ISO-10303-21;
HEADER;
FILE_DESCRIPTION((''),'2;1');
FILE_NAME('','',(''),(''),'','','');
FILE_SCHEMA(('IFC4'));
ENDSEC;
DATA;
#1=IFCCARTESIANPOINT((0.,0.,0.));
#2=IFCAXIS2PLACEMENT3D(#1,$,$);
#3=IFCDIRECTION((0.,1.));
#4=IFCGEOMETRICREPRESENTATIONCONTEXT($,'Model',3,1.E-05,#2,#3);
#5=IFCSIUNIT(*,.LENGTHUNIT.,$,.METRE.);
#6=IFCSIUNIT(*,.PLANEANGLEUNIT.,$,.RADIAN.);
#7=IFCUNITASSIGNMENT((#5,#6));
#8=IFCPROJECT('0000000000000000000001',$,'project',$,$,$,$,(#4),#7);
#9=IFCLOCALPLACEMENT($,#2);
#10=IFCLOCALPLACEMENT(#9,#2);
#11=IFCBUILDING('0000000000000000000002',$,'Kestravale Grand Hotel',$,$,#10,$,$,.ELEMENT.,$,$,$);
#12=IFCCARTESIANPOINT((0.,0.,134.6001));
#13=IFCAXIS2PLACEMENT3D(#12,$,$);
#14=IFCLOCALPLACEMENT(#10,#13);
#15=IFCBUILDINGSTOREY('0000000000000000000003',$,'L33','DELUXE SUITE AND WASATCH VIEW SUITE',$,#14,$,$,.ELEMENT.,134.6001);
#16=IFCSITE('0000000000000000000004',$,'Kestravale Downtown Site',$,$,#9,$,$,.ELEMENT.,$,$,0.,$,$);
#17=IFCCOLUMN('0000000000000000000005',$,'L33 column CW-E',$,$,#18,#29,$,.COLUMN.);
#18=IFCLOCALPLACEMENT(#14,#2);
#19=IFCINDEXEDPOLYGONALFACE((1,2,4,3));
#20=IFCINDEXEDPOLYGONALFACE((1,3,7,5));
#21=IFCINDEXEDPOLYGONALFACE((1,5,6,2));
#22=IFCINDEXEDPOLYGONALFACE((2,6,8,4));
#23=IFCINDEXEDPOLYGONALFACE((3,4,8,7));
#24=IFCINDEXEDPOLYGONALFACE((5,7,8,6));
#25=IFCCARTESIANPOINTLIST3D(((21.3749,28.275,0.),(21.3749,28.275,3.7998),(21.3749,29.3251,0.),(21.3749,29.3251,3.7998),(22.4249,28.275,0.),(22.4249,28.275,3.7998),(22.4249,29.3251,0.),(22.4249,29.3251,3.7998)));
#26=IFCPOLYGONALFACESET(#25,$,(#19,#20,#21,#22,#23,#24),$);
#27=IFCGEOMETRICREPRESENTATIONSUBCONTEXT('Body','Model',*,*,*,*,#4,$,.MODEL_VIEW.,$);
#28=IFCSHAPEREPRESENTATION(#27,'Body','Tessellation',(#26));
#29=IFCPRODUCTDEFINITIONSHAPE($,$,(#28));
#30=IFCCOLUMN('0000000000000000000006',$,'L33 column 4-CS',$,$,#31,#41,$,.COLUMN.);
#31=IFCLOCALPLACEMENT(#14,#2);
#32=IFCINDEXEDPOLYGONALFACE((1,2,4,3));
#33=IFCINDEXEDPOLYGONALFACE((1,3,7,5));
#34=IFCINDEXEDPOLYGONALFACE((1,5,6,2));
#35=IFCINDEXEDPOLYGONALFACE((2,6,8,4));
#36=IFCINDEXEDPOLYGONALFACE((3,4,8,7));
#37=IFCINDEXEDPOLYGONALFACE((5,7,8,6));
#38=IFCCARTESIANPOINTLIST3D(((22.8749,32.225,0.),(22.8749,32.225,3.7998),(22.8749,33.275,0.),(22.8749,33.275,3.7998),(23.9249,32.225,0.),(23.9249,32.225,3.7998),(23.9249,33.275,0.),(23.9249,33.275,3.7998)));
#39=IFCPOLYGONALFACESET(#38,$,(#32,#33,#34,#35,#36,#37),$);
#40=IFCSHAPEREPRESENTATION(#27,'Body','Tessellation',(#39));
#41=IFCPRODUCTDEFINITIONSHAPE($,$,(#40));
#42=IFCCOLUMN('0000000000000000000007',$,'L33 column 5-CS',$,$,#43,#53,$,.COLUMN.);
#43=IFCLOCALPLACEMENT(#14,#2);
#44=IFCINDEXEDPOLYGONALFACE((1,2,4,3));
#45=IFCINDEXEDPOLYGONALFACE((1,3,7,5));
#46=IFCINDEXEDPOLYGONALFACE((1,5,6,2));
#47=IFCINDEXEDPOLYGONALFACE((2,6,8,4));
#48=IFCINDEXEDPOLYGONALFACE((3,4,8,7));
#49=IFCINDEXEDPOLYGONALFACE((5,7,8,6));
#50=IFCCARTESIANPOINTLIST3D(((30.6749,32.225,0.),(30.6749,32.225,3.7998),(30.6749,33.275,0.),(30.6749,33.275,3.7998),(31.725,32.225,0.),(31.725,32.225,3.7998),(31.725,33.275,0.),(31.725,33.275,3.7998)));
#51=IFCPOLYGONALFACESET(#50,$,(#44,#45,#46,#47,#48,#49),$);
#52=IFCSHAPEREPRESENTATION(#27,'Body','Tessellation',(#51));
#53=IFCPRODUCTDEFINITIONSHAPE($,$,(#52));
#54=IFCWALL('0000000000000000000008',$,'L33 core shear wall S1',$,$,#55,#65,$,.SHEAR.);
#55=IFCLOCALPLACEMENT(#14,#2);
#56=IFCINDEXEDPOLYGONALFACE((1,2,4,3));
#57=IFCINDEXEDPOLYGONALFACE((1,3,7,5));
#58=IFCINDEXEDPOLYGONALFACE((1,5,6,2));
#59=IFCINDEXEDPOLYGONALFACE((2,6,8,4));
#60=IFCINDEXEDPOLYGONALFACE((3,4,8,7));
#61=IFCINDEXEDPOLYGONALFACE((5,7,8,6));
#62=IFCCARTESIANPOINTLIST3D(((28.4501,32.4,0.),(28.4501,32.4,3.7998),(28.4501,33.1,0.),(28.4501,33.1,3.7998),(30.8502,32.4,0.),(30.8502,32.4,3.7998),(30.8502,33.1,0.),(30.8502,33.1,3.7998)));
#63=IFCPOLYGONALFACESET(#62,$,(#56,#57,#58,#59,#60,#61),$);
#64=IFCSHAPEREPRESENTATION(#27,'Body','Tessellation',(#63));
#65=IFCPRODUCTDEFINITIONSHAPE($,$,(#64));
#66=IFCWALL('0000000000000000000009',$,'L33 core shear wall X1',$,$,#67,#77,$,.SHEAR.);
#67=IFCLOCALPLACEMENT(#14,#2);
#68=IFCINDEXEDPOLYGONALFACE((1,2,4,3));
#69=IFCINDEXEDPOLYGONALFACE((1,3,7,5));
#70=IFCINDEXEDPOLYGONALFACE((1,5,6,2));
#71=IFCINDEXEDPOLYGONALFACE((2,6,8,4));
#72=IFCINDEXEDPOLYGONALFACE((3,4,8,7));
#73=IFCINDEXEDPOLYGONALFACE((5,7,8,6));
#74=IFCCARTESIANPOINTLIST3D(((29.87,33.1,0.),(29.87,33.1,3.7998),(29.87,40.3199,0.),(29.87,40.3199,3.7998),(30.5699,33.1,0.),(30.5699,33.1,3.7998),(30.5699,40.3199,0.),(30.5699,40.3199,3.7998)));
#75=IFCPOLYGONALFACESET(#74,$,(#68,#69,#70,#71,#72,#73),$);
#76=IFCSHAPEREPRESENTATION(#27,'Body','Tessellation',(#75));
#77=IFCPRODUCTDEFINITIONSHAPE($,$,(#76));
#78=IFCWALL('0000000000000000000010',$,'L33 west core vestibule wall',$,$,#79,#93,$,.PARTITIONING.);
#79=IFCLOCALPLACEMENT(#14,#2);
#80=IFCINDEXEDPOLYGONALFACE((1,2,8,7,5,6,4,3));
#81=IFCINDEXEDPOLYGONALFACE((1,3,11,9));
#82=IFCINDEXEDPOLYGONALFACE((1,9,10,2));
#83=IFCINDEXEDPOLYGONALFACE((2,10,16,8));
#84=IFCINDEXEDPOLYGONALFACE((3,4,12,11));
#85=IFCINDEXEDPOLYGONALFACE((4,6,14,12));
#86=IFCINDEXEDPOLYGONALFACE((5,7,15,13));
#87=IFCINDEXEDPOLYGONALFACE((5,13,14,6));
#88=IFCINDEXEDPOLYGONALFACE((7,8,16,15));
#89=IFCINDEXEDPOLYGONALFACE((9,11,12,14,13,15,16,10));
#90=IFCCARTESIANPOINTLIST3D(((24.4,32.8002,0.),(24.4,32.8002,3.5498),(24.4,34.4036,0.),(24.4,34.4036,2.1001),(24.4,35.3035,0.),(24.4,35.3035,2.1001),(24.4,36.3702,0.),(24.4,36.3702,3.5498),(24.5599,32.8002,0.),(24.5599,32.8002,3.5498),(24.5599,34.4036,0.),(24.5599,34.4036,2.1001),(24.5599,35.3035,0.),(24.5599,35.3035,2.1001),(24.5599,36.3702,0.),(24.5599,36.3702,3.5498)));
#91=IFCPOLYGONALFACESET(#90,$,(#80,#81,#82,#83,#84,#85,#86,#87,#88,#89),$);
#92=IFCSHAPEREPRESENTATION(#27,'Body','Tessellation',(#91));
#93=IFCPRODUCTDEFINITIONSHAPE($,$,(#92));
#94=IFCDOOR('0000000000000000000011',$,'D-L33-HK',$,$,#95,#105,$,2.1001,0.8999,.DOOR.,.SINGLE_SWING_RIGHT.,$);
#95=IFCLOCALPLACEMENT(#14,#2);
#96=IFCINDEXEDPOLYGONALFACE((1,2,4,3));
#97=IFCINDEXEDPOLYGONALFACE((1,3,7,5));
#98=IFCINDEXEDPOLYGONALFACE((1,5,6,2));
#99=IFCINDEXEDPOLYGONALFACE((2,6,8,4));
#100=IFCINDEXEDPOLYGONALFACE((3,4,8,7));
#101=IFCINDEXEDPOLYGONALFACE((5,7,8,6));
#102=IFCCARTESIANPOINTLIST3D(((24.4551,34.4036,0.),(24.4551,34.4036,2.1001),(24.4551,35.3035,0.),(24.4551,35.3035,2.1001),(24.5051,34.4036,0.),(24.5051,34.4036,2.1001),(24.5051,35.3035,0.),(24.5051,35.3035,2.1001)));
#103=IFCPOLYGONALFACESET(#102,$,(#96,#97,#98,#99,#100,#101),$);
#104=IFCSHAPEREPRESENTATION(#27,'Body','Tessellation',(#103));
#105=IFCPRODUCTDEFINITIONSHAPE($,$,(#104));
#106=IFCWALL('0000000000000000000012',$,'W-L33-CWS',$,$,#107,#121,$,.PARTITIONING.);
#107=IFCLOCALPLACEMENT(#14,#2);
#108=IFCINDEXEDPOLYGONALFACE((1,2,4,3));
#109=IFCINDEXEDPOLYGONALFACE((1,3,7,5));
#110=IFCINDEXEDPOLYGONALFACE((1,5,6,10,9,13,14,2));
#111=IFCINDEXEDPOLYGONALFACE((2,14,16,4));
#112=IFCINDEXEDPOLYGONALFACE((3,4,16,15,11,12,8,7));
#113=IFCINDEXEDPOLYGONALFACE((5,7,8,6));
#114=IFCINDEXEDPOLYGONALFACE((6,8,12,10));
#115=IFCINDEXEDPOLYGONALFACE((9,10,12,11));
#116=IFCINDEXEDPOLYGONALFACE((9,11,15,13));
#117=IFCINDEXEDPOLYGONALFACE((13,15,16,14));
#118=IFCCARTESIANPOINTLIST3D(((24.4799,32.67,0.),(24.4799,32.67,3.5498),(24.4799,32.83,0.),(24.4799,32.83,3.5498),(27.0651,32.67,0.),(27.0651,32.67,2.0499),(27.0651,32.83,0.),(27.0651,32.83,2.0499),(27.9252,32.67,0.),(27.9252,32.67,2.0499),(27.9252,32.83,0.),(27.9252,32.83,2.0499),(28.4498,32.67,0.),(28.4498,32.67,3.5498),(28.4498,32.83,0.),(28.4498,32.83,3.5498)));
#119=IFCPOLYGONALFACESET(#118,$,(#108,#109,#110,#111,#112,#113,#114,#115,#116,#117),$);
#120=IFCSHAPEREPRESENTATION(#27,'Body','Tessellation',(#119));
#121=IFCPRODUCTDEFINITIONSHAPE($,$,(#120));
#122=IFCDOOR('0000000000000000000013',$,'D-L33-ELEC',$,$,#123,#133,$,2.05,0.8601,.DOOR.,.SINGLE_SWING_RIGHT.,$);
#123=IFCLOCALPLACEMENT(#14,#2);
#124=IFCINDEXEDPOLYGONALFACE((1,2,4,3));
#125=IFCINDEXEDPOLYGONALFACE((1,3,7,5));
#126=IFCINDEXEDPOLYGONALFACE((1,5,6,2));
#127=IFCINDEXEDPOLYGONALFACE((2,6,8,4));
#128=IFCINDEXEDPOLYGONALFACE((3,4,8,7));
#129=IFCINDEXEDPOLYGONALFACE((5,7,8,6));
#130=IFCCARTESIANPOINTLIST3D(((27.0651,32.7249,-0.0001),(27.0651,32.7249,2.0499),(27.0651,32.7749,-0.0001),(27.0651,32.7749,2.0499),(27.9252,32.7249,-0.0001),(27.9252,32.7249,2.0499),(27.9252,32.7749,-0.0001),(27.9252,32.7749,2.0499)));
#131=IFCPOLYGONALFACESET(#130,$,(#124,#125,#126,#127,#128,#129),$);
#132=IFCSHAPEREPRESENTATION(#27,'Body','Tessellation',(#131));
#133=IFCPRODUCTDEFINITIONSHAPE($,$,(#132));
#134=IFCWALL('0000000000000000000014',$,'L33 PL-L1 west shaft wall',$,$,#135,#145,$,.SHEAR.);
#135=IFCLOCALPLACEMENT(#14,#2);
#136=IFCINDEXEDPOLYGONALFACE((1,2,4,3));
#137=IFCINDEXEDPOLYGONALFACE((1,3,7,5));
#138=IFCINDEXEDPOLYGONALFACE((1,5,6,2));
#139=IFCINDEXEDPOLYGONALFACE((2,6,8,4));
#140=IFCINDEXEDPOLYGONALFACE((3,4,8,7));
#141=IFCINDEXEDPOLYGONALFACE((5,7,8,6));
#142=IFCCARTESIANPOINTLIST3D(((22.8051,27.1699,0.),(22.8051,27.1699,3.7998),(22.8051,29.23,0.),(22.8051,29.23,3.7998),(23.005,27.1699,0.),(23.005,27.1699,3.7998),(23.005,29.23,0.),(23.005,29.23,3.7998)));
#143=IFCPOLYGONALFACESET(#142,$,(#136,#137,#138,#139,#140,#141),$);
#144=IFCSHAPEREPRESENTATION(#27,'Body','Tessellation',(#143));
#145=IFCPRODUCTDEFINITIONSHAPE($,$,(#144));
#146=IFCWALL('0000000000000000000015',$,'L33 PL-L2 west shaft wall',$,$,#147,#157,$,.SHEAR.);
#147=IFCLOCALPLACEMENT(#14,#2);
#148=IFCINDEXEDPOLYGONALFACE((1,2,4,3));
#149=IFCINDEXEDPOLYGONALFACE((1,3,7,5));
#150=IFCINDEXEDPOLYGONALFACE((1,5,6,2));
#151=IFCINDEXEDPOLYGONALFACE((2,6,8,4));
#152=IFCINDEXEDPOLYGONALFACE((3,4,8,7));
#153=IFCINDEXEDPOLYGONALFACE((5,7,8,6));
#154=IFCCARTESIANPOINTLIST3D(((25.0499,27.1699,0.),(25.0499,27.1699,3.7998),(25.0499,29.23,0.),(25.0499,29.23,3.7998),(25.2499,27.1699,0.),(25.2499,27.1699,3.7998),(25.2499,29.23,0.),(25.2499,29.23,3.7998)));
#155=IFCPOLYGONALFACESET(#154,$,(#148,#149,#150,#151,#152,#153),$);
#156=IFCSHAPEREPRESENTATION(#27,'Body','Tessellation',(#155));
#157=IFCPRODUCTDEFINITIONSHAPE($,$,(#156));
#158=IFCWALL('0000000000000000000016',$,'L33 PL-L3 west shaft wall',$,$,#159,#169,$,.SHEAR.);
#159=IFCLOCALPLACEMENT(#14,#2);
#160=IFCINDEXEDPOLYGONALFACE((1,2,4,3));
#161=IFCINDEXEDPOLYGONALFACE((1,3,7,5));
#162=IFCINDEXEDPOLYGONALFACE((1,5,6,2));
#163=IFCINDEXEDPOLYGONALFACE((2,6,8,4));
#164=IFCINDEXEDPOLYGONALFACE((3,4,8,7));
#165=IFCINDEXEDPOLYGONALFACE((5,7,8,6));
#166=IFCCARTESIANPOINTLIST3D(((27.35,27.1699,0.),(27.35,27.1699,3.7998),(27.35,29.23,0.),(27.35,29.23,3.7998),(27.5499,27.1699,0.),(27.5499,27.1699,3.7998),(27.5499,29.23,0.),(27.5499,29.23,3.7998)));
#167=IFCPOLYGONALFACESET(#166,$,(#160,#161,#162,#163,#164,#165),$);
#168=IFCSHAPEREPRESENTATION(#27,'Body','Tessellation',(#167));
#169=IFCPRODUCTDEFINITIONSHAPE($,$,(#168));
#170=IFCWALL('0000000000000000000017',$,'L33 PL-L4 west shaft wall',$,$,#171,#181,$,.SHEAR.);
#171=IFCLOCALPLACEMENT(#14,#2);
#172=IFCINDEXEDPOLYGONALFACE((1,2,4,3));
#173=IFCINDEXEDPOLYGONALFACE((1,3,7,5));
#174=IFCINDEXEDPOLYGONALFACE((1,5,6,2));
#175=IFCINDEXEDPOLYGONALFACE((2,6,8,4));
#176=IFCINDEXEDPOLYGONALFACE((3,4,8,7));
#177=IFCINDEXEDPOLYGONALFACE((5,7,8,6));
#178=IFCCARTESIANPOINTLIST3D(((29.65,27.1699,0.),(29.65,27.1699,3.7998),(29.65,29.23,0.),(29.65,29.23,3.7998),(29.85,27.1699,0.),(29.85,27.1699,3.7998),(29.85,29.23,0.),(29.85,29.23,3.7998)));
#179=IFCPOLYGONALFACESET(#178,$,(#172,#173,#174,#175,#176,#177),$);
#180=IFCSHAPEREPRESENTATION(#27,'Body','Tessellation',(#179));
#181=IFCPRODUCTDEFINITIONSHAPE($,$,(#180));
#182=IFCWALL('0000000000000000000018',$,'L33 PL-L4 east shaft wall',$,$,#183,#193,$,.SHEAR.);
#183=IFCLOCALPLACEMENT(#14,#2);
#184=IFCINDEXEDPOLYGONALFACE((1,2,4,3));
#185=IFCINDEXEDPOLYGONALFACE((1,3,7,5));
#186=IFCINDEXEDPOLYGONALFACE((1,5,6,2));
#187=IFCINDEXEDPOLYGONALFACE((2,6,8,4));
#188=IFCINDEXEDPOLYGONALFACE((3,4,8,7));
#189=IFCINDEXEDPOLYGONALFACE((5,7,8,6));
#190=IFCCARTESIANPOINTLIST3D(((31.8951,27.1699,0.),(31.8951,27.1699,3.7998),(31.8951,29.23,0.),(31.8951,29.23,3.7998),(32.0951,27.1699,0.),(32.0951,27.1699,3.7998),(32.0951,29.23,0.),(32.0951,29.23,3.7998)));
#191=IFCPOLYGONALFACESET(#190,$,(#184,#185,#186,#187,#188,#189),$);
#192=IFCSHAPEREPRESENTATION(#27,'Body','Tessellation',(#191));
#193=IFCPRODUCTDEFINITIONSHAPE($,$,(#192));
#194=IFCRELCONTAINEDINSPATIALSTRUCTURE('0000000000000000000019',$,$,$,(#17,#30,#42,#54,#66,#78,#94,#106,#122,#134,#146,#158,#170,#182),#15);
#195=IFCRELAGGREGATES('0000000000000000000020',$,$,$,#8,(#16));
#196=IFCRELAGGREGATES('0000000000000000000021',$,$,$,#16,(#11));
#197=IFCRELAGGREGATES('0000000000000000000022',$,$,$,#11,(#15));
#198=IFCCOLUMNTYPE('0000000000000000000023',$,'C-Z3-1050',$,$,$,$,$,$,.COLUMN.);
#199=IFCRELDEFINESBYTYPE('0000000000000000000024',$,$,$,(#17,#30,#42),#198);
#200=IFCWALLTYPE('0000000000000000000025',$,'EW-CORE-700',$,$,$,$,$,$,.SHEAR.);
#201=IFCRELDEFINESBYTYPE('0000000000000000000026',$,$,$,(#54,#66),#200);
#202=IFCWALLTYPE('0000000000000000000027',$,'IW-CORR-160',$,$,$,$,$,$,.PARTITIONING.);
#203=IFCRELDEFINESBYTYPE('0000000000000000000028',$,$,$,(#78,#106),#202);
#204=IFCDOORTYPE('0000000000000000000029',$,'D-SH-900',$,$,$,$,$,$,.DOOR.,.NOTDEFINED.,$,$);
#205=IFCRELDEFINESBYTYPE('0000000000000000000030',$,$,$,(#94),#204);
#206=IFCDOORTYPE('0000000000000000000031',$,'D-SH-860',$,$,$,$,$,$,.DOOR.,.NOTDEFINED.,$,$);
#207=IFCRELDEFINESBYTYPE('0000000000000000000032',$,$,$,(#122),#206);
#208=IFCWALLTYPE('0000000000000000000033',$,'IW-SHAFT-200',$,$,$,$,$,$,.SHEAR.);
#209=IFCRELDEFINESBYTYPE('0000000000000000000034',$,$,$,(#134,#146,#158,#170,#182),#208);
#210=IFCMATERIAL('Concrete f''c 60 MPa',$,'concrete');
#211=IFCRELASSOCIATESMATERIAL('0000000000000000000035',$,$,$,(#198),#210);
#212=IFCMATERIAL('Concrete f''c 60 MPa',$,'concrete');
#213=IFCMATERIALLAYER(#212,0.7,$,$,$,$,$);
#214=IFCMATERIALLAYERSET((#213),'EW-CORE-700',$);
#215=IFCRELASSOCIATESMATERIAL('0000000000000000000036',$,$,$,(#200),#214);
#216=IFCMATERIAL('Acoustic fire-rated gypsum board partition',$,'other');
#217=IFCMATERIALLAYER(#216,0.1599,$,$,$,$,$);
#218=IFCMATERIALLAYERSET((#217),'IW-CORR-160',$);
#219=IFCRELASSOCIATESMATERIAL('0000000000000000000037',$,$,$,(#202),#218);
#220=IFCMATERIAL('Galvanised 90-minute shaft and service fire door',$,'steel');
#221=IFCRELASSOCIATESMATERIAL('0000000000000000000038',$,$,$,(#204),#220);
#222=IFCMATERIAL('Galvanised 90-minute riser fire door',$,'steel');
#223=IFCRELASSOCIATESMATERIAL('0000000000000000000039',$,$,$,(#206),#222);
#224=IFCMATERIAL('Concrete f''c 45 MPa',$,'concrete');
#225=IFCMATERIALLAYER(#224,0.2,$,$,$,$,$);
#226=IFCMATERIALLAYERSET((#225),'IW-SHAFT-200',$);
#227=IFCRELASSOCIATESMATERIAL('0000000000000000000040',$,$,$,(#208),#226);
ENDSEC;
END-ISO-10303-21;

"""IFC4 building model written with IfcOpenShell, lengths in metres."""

from ifc_helpers import new_model, si_unit, direction, frame, frame_2d, origin, origin_2d, place, context, subcontext, project, spatial, rectangle, extrude, material, layer, layer_set, material_profile, profile_set, type_object, element, fill, save


model = new_model("IFC4")

# Units and contexts
model_context = context("Model", 3, precision=1e-05, world=origin(), true_north=direction((0.0, 1.0)))
body_context = subcontext(model_context, "Body", "Model", "MODEL_VIEW")
ifc_project = project(units=[si_unit("LENGTHUNIT", "METRE"), si_unit("PLANEANGLEUNIT", "RADIAN")], contexts=[model_context])

# Site, building, storey
site_placement = place(None, origin())
site = spatial("IfcSite", under=ifc_project, at=site_placement, Name="Kestravale Downtown Site", CompositionType="ELEMENT", RefElevation=0.0)
building_placement = place(site_placement, origin())
building = spatial("IfcBuilding", under=site, at=building_placement, Name="Kestravale Grand Hotel", CompositionType="ELEMENT")
storey_placement = place(building_placement, frame((0.0, 0.0, 134.6001)))
storey = spatial("IfcBuildingStorey", under=building, at=storey_placement, Name="L33", Description="DELUXE SUITE AND WASATCH VIEW SUITE", CompositionType="ELEMENT", Elevation=134.6001)

# Columns
ifc_material_1 = material(Name="Concrete f'c 60 MPa", Category="concrete")
ifc_material_profile = material_profile(ifc_material_1, rectangle(XDim=1.05, YDim=1.05, at=origin_2d()))
ifc_profile_set = profile_set([ifc_material_profile], Name="Concrete f'c 60 MPa")
column_type = type_object("IfcColumnType", Name="C-Z3-1050", PredefinedType="COLUMN", material=ifc_profile_set)
for number, where, z_axis, x_axis, name in (
    (1, (21.8999, 28.8, 0.0), (0.0, 0.0, 1.0), (1.0, 0.0, 0.0), "L33 column CW-E"),
    (2, (23.3999, 32.75, 0.0), (0.0, 0.0, 1.0), (1.0, 0.0, 0.0), "L33 column 4-CS"),
    (3, (31.2, 32.75, 0.0), (0.0, 0.0, 1.0), (1.0, 0.0, 0.0), "L33 column 5-CS"),
):
    element("IfcColumn", number, at=place(storey_placement, frame(where, z_axis=z_axis, x_axis=x_axis)), inside=storey, type_object=column_type, Name=name, PredefinedType="COLUMN", context=body_context, shape_type="SweptSolid", body=[
        extrude(rectangle(XDim=1.05, YDim=1.05, at=origin_2d()), origin(), (0.0, 0.0, 1.0), 3.7998),
    ])

# Walls
ifc_material_2 = material(Name="Concrete f'c 60 MPa", Category="concrete")
ifc_layer_1 = layer(ifc_material_2, 0.7)
ifc_layer_set_1 = layer_set([ifc_layer_1], Name="EW-CORE-700")
wall_type_1 = type_object("IfcWallType", Name="EW-CORE-700", PredefinedType="SHEAR", material=ifc_layer_set_1)
wall_1_placement = place(storey_placement, frame((28.45, 32.75, 0.0), z_axis=(0.0, 0.0, 1.0), x_axis=(1.0, 0.0, 0.0)))
element("IfcWall", 4, at=wall_1_placement, inside=storey, type_object=wall_type_1, Name="L33 core shear wall S1", PredefinedType="SHEAR", context=body_context, shape_type="SweptSolid", body=[
    extrude(rectangle(XDim=2.4001, YDim=0.7, at=frame_2d((1.2002, 0.0))), origin(), (0.0, 0.0, 1.0), 3.7998),
])
wall_2_placement = place(storey_placement, frame((30.22, 33.1001, 0.0), z_axis=(0.0, 0.0, 1.0), x_axis=(0.0, 1.0, 0.0)))
element("IfcWall", 5, at=wall_2_placement, inside=storey, type_object=wall_type_1, Name="L33 core shear wall X1", PredefinedType="SHEAR", context=body_context, shape_type="SweptSolid", body=[
    extrude(rectangle(XDim=7.22, YDim=0.7, at=frame_2d((3.6099, 0.0))), origin(), (0.0, 0.0, 1.0), 3.7998),
])

# Walls, openings, doors
ifc_material_3 = material(Name="Acoustic fire-rated gypsum board partition", Category="other")
ifc_layer_2 = layer(ifc_material_3, 0.1599)
ifc_layer_set_2 = layer_set([ifc_layer_2], Name="IW-CORR-160")
wall_type_2 = type_object("IfcWallType", Name="IW-CORR-160", PredefinedType="PARTITIONING", material=ifc_layer_set_2)
wall_3_placement = place(storey_placement, frame((24.48, 32.8, 0.0), z_axis=(0.0, 0.0, 1.0), x_axis=(0.0, 1.0, 0.0)))
wall_3 = element("IfcWall", 6, at=wall_3_placement, inside=storey, type_object=wall_type_2, Name="L33 west core vestibule wall", PredefinedType="PARTITIONING", context=body_context, shape_type="SweptSolid", body=[
    extrude(rectangle(XDim=3.5701, YDim=0.1599, at=frame_2d((1.7852, 0.0))), origin(), (0.0, 0.0, 1.0), 3.5498),
])
opening_1_placement = place(wall_3_placement, frame((1.6035, 0.0, 0.0)))
opening_1 = element("IfcOpeningElement", 7, at=opening_1_placement, cuts=wall_3, PredefinedType="OPENING", context=body_context, shape_type="SweptSolid", body=[
    extrude(rectangle(XDim=0.8999, YDim=2.1001, at=frame_2d((0.45, 1.05))), frame((0.0, 0.0898, 0.0), z_axis=(0.0, -1.0, 0.0), x_axis=(1.0, 0.0, 0.0)), (0.0, 0.0, 1.0), 0.1799),
])
ifc_material_4 = material(Name="Galvanised 90-minute shaft and service fire door", Category="steel")
door_type_1 = type_object("IfcDoorType", Name="D-SH-900", OperationType="NOTDEFINED", PredefinedType="DOOR", material=ifc_material_4)
door_1_placement = place(opening_1_placement, origin())
door_1 = element("IfcDoor", 8, at=door_1_placement, inside=storey, type_object=door_type_1, Name="D-L33-HK", OperationType="SINGLE_SWING_RIGHT", OverallHeight=2.1001, OverallWidth=0.8999, PredefinedType="DOOR", context=body_context, shape_type="SweptSolid", body=[
    extrude(rectangle(XDim=0.8999, YDim=2.1001, at=frame_2d((0.45, 1.05))), frame((0.0, 0.0249, 0.0), z_axis=(0.0, -1.0, 0.0), x_axis=(1.0, 0.0, 0.0)), (0.0, 0.0, 1.0), 0.05),
])
fill(opening_1, door_1)
wall_4_placement = place(storey_placement, frame((24.48, 32.75, 0.0), z_axis=(0.0, 0.0, 1.0), x_axis=(1.0, 0.0, 0.0)))
wall_4 = element("IfcWall", 9, at=wall_4_placement, inside=storey, type_object=wall_type_2, Name="W-L33-CWS", PredefinedType="PARTITIONING", context=body_context, shape_type="SweptSolid", body=[
    extrude(rectangle(XDim=3.97, YDim=0.1599, at=frame_2d((1.9849, 0.0))), origin(), (0.0, 0.0, 1.0), 3.5498),
])
opening_2_placement = place(wall_4_placement, frame((2.585, 0.0, 0.0)))
opening_2 = element("IfcOpeningElement", 10, at=opening_2_placement, cuts=wall_4, PredefinedType="OPENING", context=body_context, shape_type="SweptSolid", body=[
    extrude(rectangle(XDim=0.8601, YDim=2.05, at=frame_2d((0.4302, 1.0249))), frame((0.0, 0.0898, 0.0), z_axis=(0.0, -1.0, 0.0), x_axis=(1.0, 0.0, 0.0)), (0.0, 0.0, 1.0), 0.1799),
])
ifc_material_5 = material(Name="Galvanised 90-minute riser fire door", Category="steel")
door_type_2 = type_object("IfcDoorType", Name="D-SH-860", OperationType="NOTDEFINED", PredefinedType="DOOR", material=ifc_material_5)
door_2_placement = place(opening_2_placement, origin())
door_2 = element("IfcDoor", 11, at=door_2_placement, inside=storey, type_object=door_type_2, Name="D-L33-ELEC", OperationType="SINGLE_SWING_RIGHT", OverallHeight=2.05, OverallWidth=0.8601, PredefinedType="DOOR", context=body_context, shape_type="SweptSolid", body=[
    extrude(rectangle(XDim=0.8601, YDim=2.05, at=frame_2d((0.4302, 1.0249))), frame((0.0, 0.0249, 0.0), z_axis=(0.0, -1.0, 0.0), x_axis=(1.0, 0.0, 0.0)), (0.0, 0.0, 1.0), 0.05),
])
fill(opening_2, door_2)

# Walls
ifc_material_6 = material(Name="Concrete f'c 45 MPa", Category="concrete")
ifc_layer_3 = layer(ifc_material_6, 0.2)
ifc_layer_set_3 = layer_set([ifc_layer_3], Name="IW-SHAFT-200")
wall_type_3 = type_object("IfcWallType", Name="IW-SHAFT-200", PredefinedType="SHEAR", material=ifc_layer_set_3)
for number, where, z_axis, x_axis, name in (
    (12, (22.905, 27.1699, 0.0), (0.0, 0.0, 1.0), (0.0, 1.0, 0.0), "L33 PL-L1 west shaft wall"),
    (13, (25.1499, 27.1699, 0.0), (0.0, 0.0, 1.0), (0.0, 1.0, 0.0), "L33 PL-L2 west shaft wall"),
    (14, (27.45, 27.1699, 0.0), (0.0, 0.0, 1.0), (0.0, 1.0, 0.0), "L33 PL-L3 west shaft wall"),
    (15, (29.75, 27.1699, 0.0), (0.0, 0.0, 1.0), (0.0, 1.0, 0.0), "L33 PL-L4 west shaft wall"),
    (16, (31.9951, 27.1699, 0.0), (0.0, 0.0, 1.0), (0.0, 1.0, 0.0), "L33 PL-L4 east shaft wall"),
):
    element("IfcWall", number, at=place(storey_placement, frame(where, z_axis=z_axis, x_axis=x_axis)), inside=storey, type_object=wall_type_3, Name=name, PredefinedType="SHEAR", context=body_context, shape_type="SweptSolid", body=[
        extrude(rectangle(XDim=2.0601, YDim=0.2, at=frame_2d((1.03, 0.0))), origin(), (0.0, 0.0, 1.0), 3.7998),
    ])

save(model, "model.ifc")
